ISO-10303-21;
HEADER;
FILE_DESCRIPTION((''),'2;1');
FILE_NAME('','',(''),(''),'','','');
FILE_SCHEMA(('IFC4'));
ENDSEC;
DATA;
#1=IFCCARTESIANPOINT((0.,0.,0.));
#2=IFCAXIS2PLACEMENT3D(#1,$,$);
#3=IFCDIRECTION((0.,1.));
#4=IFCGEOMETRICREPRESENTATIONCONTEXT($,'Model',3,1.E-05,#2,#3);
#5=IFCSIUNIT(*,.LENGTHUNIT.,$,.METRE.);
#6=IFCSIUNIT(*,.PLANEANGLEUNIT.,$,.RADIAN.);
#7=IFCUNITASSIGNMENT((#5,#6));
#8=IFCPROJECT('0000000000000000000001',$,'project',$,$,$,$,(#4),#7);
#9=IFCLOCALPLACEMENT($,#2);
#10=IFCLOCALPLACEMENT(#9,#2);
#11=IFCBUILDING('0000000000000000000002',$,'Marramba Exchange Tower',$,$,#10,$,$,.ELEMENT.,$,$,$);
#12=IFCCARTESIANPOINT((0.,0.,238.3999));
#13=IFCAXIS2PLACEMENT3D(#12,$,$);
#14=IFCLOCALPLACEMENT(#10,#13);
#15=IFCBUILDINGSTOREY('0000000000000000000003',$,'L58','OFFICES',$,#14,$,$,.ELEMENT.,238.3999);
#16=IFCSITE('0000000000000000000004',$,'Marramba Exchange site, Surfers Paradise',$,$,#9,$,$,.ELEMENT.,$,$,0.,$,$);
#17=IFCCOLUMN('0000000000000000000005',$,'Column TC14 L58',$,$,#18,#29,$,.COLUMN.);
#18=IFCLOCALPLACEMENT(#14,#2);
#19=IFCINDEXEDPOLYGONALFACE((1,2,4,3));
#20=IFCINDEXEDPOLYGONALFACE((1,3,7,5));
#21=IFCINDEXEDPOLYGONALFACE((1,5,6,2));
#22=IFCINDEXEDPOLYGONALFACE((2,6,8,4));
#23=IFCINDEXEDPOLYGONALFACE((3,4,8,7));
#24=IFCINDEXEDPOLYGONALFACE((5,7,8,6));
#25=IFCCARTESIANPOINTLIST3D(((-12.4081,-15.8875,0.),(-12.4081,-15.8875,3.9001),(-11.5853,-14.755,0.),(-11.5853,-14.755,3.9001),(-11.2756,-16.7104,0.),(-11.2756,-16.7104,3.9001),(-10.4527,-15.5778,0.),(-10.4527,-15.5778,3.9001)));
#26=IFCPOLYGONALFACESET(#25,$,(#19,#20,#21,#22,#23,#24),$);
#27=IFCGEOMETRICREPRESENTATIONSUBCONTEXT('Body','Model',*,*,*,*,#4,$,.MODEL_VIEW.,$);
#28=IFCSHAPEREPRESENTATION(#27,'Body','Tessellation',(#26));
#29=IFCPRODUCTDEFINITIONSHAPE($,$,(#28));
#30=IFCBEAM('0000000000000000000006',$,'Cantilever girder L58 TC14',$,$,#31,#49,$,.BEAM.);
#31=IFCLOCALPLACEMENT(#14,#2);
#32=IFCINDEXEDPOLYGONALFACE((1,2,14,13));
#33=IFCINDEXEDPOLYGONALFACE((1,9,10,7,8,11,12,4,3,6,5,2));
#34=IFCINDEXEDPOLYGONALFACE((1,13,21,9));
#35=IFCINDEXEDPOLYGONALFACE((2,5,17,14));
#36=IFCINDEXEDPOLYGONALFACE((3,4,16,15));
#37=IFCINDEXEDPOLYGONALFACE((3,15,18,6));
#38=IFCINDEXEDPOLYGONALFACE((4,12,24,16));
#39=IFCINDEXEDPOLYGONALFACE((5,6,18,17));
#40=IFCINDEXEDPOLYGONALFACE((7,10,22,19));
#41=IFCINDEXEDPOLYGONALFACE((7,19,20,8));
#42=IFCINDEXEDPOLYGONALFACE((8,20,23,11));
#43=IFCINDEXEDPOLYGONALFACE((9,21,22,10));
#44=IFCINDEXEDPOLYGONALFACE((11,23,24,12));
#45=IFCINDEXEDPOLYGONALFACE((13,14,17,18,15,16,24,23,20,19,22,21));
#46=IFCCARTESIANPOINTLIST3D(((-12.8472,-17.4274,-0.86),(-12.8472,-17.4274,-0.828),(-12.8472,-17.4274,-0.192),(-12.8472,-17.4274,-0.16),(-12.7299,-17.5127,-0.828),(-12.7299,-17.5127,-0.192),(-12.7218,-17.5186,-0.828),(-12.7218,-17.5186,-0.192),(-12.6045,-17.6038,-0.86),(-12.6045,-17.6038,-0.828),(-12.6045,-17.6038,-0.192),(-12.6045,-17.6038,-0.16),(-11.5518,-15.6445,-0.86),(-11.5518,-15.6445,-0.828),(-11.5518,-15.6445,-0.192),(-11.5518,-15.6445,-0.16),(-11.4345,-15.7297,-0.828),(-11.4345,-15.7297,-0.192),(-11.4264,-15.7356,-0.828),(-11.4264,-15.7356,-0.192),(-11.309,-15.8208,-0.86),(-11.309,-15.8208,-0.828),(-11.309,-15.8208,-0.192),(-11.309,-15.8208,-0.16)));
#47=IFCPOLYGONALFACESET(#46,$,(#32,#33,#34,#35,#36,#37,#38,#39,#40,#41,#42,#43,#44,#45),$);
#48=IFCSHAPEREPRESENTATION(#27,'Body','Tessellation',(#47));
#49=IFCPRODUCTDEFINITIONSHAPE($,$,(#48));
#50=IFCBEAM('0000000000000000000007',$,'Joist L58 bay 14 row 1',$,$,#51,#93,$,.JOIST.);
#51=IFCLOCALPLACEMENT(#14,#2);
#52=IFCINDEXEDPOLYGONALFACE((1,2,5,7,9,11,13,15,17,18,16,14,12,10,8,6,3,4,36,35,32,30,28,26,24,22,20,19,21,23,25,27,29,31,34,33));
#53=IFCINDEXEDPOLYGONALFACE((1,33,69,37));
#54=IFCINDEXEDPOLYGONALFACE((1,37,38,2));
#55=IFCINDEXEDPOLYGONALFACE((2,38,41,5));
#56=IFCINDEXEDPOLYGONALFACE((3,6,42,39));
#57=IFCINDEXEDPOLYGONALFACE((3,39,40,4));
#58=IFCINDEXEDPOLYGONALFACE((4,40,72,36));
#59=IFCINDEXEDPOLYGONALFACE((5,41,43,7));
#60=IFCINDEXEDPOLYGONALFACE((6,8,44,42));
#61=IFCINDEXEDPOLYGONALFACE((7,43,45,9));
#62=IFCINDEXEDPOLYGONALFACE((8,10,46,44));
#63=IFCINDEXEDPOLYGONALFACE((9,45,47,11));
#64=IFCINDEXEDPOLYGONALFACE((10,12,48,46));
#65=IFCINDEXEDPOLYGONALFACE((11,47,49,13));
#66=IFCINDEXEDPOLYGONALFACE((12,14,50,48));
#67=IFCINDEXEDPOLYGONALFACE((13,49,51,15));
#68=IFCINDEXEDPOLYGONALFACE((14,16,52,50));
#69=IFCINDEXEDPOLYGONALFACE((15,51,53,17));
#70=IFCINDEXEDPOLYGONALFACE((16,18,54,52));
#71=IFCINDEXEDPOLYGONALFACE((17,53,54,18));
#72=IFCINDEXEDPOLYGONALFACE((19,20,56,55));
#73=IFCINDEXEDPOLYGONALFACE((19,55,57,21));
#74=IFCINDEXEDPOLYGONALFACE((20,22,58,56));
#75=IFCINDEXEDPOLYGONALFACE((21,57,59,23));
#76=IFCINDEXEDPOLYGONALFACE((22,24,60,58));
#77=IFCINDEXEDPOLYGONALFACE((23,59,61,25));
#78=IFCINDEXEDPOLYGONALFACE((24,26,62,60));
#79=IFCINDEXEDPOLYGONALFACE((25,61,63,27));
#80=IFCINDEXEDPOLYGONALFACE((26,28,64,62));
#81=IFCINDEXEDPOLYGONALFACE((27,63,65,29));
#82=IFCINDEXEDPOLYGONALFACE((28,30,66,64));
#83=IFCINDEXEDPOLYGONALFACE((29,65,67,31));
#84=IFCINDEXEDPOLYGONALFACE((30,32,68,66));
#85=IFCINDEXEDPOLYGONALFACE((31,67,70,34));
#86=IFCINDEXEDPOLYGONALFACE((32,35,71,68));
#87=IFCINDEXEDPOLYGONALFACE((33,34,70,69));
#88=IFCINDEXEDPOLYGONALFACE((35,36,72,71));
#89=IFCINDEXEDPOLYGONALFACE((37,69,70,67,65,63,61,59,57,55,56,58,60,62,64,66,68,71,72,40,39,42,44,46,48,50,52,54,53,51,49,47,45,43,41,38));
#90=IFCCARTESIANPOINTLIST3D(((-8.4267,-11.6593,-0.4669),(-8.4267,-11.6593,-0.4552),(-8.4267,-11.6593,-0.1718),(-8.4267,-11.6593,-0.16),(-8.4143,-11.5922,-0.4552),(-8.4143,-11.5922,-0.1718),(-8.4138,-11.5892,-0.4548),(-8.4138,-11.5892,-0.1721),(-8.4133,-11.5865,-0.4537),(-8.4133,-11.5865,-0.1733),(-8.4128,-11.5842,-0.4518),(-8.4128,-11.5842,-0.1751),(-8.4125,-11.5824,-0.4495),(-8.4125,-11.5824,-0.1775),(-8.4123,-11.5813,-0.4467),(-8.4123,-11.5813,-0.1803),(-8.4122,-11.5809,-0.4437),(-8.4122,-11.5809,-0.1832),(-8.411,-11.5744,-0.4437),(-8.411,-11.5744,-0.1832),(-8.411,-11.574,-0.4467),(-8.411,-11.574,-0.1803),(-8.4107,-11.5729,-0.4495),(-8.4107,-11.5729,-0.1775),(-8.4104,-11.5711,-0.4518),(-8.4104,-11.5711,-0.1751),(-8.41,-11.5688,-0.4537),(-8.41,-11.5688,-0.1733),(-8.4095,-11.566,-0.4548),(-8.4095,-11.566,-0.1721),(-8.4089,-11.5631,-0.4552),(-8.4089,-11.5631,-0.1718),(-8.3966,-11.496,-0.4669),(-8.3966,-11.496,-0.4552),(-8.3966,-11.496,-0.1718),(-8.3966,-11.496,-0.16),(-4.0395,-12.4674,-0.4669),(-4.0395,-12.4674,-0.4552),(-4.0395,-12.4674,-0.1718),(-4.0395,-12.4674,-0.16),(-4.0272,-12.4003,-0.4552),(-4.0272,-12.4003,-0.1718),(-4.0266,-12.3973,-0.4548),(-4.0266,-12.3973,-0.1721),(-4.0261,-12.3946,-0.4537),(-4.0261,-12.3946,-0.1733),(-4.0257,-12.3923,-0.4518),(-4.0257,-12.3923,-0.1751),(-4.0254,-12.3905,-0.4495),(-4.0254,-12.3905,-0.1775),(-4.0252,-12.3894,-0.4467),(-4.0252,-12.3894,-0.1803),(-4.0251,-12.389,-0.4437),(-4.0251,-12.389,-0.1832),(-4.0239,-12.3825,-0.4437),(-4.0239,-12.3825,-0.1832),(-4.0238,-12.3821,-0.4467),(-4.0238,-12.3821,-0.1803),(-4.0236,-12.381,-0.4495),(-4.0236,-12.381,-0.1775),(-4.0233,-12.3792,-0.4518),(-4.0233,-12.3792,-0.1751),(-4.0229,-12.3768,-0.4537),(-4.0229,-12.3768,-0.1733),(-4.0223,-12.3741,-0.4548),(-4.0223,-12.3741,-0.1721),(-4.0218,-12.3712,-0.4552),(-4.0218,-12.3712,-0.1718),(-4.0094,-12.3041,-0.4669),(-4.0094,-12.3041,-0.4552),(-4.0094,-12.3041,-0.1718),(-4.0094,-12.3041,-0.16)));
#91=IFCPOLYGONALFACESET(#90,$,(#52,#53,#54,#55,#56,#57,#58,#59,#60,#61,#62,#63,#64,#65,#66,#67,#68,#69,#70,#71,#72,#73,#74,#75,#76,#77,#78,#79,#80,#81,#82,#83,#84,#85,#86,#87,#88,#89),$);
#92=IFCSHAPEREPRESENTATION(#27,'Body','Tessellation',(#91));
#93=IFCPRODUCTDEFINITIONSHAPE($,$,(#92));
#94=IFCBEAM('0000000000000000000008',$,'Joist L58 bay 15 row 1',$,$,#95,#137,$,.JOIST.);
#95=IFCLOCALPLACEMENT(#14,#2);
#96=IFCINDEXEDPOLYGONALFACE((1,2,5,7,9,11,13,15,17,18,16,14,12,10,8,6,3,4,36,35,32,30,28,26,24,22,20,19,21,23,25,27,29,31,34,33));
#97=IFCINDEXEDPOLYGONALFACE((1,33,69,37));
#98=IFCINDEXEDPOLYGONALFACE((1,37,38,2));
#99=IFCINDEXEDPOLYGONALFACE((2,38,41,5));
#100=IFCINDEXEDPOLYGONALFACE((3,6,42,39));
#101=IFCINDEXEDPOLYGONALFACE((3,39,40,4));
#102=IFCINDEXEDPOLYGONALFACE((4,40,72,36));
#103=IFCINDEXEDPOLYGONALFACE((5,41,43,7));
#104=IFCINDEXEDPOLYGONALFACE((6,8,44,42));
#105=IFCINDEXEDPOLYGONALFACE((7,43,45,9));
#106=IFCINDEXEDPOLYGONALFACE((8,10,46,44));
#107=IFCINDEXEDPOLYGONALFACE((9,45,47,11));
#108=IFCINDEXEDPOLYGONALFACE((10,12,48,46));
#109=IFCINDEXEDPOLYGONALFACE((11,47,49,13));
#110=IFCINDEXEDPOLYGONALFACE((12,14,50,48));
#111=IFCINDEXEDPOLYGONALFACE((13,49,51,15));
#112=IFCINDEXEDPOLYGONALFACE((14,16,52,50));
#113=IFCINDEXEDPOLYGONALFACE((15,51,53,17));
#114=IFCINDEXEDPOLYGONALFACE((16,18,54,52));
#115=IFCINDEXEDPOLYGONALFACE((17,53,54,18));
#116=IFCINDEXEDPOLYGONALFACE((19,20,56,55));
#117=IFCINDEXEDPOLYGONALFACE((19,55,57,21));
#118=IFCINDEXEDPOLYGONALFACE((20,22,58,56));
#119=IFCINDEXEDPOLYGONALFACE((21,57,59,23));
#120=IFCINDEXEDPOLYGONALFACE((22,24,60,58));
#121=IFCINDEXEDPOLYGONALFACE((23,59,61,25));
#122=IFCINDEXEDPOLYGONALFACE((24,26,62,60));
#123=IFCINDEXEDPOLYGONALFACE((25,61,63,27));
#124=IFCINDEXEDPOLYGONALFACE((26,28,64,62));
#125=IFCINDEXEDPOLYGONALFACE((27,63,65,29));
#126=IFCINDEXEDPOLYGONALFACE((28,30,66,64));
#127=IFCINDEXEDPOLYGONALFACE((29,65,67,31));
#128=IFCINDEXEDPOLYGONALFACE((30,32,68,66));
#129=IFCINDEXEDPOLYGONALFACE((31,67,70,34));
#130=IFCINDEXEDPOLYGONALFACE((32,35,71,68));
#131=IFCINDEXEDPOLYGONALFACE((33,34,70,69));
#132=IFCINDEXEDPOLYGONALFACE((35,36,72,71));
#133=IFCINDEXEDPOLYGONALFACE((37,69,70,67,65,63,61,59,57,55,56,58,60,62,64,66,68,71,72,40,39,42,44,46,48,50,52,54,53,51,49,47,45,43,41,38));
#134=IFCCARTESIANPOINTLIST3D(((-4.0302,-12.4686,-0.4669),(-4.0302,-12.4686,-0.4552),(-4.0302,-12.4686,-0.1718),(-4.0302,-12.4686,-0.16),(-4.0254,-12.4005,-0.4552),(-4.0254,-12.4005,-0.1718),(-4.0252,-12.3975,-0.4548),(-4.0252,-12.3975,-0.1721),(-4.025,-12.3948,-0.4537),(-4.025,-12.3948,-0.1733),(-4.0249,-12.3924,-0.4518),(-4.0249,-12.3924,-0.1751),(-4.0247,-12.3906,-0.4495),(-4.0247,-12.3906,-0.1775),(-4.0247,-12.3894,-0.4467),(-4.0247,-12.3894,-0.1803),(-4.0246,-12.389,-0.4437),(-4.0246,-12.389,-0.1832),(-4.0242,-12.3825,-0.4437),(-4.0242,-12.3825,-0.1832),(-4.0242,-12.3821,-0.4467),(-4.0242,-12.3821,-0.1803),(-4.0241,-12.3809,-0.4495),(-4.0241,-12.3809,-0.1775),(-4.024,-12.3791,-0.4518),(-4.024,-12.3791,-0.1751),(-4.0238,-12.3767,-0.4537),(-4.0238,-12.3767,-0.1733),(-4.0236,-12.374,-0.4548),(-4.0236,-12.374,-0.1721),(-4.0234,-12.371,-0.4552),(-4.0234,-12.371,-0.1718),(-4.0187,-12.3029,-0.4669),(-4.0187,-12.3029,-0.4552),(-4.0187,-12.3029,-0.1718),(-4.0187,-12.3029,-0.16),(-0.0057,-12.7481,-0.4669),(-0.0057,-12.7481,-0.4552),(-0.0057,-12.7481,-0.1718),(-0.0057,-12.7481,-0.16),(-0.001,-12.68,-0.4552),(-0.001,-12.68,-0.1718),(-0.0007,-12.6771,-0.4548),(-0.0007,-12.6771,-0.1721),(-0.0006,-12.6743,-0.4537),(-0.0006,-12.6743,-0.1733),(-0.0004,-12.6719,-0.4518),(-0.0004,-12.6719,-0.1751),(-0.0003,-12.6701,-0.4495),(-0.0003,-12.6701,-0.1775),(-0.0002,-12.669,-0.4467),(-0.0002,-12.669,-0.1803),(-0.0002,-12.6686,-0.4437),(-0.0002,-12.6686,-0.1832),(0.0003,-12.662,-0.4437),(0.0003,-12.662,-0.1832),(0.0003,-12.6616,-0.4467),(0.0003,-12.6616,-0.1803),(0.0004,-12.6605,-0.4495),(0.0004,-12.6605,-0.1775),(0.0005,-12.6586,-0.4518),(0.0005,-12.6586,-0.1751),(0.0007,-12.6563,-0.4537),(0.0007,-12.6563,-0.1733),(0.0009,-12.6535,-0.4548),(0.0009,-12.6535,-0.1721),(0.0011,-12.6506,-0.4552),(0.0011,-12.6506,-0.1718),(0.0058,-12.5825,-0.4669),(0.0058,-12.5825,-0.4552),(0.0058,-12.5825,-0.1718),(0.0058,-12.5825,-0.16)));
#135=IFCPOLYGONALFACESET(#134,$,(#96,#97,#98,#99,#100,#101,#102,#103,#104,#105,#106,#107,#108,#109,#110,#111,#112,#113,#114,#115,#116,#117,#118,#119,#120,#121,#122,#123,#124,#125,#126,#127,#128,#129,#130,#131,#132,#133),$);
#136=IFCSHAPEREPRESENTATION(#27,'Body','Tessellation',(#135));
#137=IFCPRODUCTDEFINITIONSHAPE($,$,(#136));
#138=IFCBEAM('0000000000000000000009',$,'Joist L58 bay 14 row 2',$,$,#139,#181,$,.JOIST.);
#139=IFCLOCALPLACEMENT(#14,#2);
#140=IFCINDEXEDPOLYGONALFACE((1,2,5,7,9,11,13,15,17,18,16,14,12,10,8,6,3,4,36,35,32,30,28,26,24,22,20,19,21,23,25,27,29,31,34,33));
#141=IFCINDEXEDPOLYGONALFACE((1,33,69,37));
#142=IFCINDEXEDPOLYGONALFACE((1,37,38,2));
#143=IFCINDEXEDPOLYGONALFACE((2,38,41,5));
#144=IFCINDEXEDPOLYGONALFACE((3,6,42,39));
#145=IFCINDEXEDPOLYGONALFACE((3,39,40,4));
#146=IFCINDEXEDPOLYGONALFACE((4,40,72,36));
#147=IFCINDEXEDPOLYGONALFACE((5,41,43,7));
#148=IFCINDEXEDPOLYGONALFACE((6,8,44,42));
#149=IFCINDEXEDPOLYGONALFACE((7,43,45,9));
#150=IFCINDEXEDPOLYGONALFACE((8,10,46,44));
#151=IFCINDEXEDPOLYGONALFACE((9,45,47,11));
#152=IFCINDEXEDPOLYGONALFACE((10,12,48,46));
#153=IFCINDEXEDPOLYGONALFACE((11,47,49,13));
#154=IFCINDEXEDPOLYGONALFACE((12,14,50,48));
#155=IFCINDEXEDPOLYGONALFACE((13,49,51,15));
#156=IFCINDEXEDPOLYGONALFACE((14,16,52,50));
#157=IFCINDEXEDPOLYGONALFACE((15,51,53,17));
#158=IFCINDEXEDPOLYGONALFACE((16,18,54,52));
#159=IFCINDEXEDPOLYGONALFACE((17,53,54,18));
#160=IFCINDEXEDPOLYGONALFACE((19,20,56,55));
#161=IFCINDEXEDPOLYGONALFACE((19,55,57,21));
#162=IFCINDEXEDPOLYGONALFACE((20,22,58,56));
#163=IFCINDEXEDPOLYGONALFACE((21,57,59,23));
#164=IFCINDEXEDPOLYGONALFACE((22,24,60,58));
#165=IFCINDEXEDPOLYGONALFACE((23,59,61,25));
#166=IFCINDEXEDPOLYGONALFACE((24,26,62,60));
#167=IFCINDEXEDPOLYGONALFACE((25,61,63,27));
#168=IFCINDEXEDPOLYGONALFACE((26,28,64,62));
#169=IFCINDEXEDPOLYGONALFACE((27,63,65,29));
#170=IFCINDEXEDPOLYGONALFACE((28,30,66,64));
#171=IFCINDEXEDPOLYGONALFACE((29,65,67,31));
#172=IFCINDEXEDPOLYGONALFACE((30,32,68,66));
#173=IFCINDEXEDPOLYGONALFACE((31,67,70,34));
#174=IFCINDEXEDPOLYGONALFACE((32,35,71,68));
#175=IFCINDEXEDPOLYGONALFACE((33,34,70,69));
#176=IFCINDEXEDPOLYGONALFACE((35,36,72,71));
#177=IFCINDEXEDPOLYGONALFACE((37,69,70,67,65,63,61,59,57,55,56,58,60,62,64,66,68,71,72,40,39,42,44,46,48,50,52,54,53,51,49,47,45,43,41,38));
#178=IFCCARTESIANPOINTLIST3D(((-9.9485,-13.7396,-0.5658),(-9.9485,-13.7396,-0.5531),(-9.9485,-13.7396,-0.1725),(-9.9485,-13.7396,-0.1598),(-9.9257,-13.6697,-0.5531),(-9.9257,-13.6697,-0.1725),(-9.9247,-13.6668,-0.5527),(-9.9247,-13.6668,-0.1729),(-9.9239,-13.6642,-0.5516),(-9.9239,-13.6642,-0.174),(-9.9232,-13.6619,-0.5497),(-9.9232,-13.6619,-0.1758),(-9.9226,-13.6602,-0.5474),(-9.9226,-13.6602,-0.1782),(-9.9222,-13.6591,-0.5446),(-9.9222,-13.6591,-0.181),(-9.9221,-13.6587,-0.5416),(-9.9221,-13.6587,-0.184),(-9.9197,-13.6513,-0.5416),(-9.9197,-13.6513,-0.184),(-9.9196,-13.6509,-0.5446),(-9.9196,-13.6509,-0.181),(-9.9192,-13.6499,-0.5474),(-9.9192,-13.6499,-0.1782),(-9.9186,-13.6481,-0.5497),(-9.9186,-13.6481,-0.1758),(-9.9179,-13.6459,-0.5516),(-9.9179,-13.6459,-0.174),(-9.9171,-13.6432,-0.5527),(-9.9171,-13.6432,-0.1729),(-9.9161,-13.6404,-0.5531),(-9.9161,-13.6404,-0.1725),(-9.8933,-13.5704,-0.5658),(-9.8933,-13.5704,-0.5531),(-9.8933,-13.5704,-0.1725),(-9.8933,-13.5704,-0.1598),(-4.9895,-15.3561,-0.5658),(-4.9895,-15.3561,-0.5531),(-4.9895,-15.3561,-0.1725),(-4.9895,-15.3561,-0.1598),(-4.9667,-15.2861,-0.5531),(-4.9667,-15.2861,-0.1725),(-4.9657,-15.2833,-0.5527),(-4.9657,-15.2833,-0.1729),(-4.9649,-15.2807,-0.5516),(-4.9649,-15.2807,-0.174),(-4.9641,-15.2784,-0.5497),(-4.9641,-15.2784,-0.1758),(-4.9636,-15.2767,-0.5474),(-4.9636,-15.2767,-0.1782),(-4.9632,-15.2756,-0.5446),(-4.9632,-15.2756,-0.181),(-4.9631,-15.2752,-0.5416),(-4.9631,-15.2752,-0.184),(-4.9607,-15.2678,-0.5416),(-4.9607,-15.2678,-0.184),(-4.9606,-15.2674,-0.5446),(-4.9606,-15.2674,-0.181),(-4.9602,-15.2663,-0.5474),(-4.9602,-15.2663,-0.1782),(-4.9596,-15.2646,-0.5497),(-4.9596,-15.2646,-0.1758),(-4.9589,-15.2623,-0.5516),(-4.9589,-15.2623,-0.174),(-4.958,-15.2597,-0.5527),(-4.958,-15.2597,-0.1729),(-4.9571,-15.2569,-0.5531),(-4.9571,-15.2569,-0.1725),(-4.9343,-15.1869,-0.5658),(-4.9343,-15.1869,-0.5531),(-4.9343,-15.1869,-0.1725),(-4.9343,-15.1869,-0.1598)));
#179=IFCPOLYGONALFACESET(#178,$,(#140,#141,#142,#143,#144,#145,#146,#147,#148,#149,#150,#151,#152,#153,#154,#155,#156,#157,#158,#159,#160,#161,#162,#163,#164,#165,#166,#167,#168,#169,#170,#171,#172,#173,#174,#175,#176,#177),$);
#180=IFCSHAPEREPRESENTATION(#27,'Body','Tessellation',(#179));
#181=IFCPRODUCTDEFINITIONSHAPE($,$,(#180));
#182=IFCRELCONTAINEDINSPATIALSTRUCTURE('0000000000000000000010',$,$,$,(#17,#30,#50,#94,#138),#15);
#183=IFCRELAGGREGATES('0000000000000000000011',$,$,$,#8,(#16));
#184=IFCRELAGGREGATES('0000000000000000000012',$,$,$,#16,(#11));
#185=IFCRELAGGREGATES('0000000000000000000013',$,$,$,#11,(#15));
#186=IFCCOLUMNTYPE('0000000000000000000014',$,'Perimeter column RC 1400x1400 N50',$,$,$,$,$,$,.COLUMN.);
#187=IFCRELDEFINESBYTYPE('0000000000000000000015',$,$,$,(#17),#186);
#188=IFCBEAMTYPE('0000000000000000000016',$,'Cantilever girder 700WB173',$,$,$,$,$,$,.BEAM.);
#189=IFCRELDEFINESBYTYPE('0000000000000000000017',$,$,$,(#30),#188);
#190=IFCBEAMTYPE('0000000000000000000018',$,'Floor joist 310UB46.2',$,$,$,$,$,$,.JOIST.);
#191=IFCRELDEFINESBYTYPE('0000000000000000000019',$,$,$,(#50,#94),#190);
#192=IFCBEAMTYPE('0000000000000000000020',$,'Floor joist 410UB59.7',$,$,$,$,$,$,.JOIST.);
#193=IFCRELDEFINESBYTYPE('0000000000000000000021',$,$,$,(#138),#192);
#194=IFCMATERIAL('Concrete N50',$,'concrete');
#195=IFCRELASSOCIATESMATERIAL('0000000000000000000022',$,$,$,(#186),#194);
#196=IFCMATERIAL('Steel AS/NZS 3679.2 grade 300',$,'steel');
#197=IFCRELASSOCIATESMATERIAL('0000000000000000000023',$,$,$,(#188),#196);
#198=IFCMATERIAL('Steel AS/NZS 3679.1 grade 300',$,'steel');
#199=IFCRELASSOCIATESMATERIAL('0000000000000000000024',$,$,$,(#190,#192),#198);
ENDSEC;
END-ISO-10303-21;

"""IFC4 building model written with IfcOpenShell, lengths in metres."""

from ifc_helpers import new_model, si_unit, direction, frame, origin, origin_2d, place, context, subcontext, project, spatial, rectangle, i_section, extrude, material, material_profile, profile_set, type_object, element, save


model = new_model("IFC4")

# Units and contexts
model_context = context("Model", 3, precision=1e-05, world=origin(), true_north=direction((0.0, 1.0)))
body_context = subcontext(model_context, "Body", "Model", "MODEL_VIEW")
ifc_project = project(units=[si_unit("LENGTHUNIT", "METRE"), si_unit("PLANEANGLEUNIT", "RADIAN")], contexts=[model_context])

# Site, building, storey
site_placement = place(None, origin())
site = spatial("IfcSite", under=ifc_project, at=site_placement, Name="Marramba Exchange site, Surfers Paradise", CompositionType="ELEMENT", RefElevation=0.0)
building_placement = place(site_placement, origin())
building = spatial("IfcBuilding", under=site, at=building_placement, Name="Marramba Exchange Tower", CompositionType="ELEMENT")
storey_placement = place(building_placement, frame((0.0, 0.0, 238.3999)))
storey = spatial("IfcBuildingStorey", under=building, at=storey_placement, Name="L58", Description="OFFICES", CompositionType="ELEMENT", Elevation=238.3999)

# Column
ifc_material_1 = material(Name="Concrete N50", Category="concrete")
ifc_material_profile_1 = material_profile(ifc_material_1, rectangle(XDim=1.3999, YDim=1.3999, at=origin_2d()), Name="RC 1400x1400")
ifc_profile_set_1 = profile_set([ifc_material_profile_1], Name="Concrete N50")
column_type = type_object("IfcColumnType", Name="Perimeter column RC 1400x1400 N50", PredefinedType="COLUMN", material=ifc_profile_set_1)
column_placement = place(storey_placement, frame((-11.4304, -15.7327, 0.0), z_axis=(0.0, 0.0, 1.0), x_axis=(-0.587785, -0.809017, 0.0)))
element("IfcColumn", 1, at=column_placement, inside=storey, type_object=column_type, Name="Column TC14 L58", PredefinedType="COLUMN", context=body_context, shape_type="SweptSolid", body=[
    extrude(rectangle(XDim=1.3999, YDim=1.3999, at=origin_2d()), origin(), (0.0, 0.0, 1.0), 3.9001),
])

# Beams
ifc_material_2 = material(Name="Steel AS/NZS 3679.2 grade 300", Category="steel")
ifc_material_profile_2 = material_profile(ifc_material_2, i_section(OverallWidth=0.3, OverallDepth=0.7, WebThickness=0.01, FlangeThickness=0.032, at=origin_2d()), Name="700WB173")
ifc_profile_set_2 = profile_set([ifc_material_profile_2], Name="Steel AS/NZS 3679.2 grade 300")
beam_type_1 = type_object("IfcBeamType", Name="Cantilever girder 700WB173", PredefinedType="BEAM", material=ifc_profile_set_2)
beam_1_placement = place(storey_placement, frame((-11.4304, -15.7327, -0.51), z_axis=(-0.58779, -0.809014, 0.0), x_axis=(0.809014, -0.58779, 0.0)))
element("IfcBeam", 2, at=beam_1_placement, inside=storey, type_object=beam_type_1, Name="Cantilever girder L58 TC14", PredefinedType="BEAM", context=body_context, shape_type="SweptSolid", body=[
    extrude(i_section(OverallWidth=0.3, OverallDepth=0.7, WebThickness=0.01, FlangeThickness=0.032, at=origin_2d()), origin(), (0.0, 0.0, 1.0), 2.2039),
])
ifc_material_3 = material(Name="Steel AS/NZS 3679.1 grade 300", Category="steel")
ifc_material_profile_3 = material_profile(ifc_material_3, i_section(OverallWidth=0.166, OverallDepth=0.3069, WebThickness=0.0066, FlangeThickness=0.0117, FilletRadius=0.0115, at=origin_2d()), Name="310UB46.2")
ifc_profile_set_3 = profile_set([ifc_material_profile_3], Name="Steel AS/NZS 3679.1 grade 300")
beam_type_2 = type_object("IfcBeamType", Name="Floor joist 310UB46.2", PredefinedType="JOIST", material=ifc_profile_set_3)
beam_2_placement = place(storey_placement, frame((-8.4116, -11.5776, -0.3135), z_axis=(0.983456, -0.181149, 0.0), x_axis=(0.181149, 0.983456, 0.0)))
element("IfcBeam", 3, at=beam_2_placement, inside=storey, type_object=beam_type_2, Name="Joist L58 bay 14 row 1", PredefinedType="JOIST", context=body_context, shape_type="SweptSolid", body=[
    extrude(i_section(OverallWidth=0.166, OverallDepth=0.3069, WebThickness=0.0066, FlangeThickness=0.0117, FilletRadius=0.0115, at=origin_2d()), origin(), (0.0, 0.0, 1.0), 4.4609),
])
beam_3_placement = place(storey_placement, frame((-4.0244, -12.3857, -0.3135), z_axis=(0.997596, -0.069294, 0.0), x_axis=(0.069294, 0.997596, 0.0)))
element("IfcBeam", 4, at=beam_3_placement, inside=storey, type_object=beam_type_2, Name="Joist L58 bay 15 row 1", PredefinedType="JOIST", context=body_context, shape_type="SweptSolid", body=[
    extrude(i_section(OverallWidth=0.166, OverallDepth=0.3069, WebThickness=0.0066, FlangeThickness=0.0117, FilletRadius=0.0115, at=origin_2d()), origin(), (0.0, 0.0, 1.0), 4.0342),
])
ifc_material_profile_4 = material_profile(ifc_material_3, i_section(OverallWidth=0.178, OverallDepth=0.406, WebThickness=0.0078, FlangeThickness=0.0127, FilletRadius=0.0115, at=origin_2d()), Name="410UB59.7")
ifc_profile_set_4 = profile_set([ifc_material_profile_4], Name="Steel AS/NZS 3679.1 grade 300")
beam_type_3 = type_object("IfcBeamType", Name="Floor joist 410UB59.7", PredefinedType="JOIST", material=ifc_profile_set_4)
beam_4_placement = place(storey_placement, frame((-9.9209, -13.655, -0.3628), z_axis=(0.950764, -0.309916, 0.0), x_axis=(0.309916, 0.950764, 0.0)))
element("IfcBeam", 5, at=beam_4_placement, inside=storey, type_object=beam_type_3, Name="Joist L58 bay 14 row 2", PredefinedType="JOIST", context=body_context, shape_type="SweptSolid", body=[
    extrude(i_section(OverallWidth=0.178, OverallDepth=0.406, WebThickness=0.0078, FlangeThickness=0.0127, FilletRadius=0.0115, at=origin_2d()), origin(), (0.0, 0.0, 1.0), 5.2158),
])

save(model, "model.ifc")
